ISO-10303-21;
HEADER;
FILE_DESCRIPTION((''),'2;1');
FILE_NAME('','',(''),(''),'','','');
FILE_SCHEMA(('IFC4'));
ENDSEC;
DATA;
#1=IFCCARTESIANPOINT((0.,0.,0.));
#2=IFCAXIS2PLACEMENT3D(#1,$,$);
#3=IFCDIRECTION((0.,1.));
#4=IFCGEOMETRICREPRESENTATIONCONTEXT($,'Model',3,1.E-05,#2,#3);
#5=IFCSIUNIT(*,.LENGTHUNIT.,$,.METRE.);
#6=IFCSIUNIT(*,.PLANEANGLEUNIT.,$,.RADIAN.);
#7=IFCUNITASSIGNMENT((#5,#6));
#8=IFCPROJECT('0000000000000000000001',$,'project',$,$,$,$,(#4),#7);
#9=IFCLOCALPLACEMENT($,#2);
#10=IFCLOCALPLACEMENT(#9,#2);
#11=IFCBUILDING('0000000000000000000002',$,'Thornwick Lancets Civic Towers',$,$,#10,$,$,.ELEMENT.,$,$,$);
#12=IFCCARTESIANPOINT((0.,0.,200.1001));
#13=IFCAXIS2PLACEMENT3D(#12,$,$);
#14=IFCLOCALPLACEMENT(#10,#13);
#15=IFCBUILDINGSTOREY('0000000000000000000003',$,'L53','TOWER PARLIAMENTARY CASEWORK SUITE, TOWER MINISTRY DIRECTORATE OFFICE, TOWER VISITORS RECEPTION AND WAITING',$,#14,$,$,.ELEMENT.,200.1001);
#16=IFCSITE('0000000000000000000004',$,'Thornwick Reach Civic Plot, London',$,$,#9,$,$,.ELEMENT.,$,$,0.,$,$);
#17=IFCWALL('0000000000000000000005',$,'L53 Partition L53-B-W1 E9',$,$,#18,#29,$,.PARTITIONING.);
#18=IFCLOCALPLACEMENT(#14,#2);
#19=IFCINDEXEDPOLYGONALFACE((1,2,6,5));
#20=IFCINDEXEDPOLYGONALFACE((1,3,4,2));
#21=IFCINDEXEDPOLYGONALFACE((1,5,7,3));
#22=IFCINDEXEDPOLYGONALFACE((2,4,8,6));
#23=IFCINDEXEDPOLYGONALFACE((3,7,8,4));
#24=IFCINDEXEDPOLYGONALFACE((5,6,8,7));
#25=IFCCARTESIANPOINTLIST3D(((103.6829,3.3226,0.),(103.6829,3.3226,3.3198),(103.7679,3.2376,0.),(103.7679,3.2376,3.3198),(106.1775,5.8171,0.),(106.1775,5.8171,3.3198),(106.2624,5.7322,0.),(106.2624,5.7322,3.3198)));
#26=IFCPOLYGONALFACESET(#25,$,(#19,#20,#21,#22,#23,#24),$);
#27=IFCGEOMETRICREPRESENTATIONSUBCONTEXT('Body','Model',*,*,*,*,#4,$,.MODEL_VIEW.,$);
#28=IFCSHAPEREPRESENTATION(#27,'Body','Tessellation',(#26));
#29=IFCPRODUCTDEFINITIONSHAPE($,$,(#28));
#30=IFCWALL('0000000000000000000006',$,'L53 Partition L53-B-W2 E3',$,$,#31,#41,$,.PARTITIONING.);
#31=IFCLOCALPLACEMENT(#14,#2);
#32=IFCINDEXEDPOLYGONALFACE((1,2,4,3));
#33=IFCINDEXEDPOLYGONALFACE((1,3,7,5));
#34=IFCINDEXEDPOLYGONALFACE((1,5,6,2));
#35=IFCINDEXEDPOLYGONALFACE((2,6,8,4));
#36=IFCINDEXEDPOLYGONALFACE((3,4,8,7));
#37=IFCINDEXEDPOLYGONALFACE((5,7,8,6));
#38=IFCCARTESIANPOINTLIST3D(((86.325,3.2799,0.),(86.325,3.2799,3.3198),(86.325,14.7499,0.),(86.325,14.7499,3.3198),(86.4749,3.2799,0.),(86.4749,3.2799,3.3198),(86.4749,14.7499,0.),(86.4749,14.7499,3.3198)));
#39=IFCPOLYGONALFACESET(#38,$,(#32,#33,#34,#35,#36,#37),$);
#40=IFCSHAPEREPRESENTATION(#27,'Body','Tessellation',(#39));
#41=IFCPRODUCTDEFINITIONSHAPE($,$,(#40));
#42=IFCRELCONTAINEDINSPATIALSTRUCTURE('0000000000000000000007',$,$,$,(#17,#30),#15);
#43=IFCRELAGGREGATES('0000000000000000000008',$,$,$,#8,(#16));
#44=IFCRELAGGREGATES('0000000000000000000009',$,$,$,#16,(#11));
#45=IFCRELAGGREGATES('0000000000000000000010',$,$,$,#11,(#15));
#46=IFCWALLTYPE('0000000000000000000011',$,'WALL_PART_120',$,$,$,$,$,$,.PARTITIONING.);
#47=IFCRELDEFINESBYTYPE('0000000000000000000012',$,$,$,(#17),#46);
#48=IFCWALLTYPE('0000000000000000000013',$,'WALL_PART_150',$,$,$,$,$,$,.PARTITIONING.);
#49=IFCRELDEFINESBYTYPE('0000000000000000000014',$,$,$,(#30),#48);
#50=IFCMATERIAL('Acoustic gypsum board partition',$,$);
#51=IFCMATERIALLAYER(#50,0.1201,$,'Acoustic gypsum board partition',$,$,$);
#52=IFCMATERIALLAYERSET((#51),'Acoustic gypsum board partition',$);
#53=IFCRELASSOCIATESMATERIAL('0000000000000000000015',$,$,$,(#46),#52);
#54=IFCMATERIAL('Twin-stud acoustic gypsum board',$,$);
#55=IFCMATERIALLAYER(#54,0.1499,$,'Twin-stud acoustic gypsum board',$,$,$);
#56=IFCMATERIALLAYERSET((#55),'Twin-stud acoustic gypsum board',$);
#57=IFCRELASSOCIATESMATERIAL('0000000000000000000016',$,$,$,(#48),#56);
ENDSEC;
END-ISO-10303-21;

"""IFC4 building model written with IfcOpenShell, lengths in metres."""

from ifc_helpers import new_model, si_unit, direction, frame, frame_2d, origin, place, context, subcontext, project, spatial, rectangle, extrude, material, layer, layer_set, type_object, element, save


model = new_model("IFC4")

# Units and contexts
model_context = context("Model", 3, precision=1e-05, world=origin(), true_north=direction((0.0, 1.0)))
body_context = subcontext(model_context, "Body", "Model", "MODEL_VIEW")
ifc_project = project(units=[si_unit("LENGTHUNIT", "METRE"), si_unit("PLANEANGLEUNIT", "RADIAN")], contexts=[model_context])

# Site, building, storey
site_placement = place(None, origin())
site = spatial("IfcSite", under=ifc_project, at=site_placement, Name="Thornwick Reach Civic Plot, London", CompositionType="ELEMENT", RefElevation=0.0)
building_placement = place(site_placement, origin())
building = spatial("IfcBuilding", under=site, at=building_placement, Name="Thornwick Lancets Civic Towers", CompositionType="ELEMENT")
storey_placement = place(building_placement, frame((0.0, 0.0, 200.1001)))
storey = spatial("IfcBuildingStorey", under=building, at=storey_placement, Name="L53", Description="TOWER PARLIAMENTARY CASEWORK SUITE, TOWER MINISTRY DIRECTORATE OFFICE, TOWER VISITORS RECEPTION AND WAITING", CompositionType="ELEMENT", Elevation=200.1001)

# Shared definitions
ifc_material_1 = material(Name="Acoustic gypsum board partition")
ifc_layer_1 = layer(ifc_material_1, 0.1201, Name="Acoustic gypsum board partition")
ifc_layer_set_1 = layer_set([ifc_layer_1], Name="Acoustic gypsum board partition")
wall_type_1 = type_object("IfcWallType", Name="WALL_PART_120", PredefinedType="PARTITIONING", material=ifc_layer_set_1)

# Walls
wall_1_placement = place(storey_placement, frame((106.22, 5.7747, 0.0), z_axis=(0.0, 0.0, 1.0), x_axis=(-0.707107, -0.707107, 0.0)))
element("IfcWall", 1, at=wall_1_placement, inside=storey, type_object=wall_type_1, Name="L53 Partition L53-B-W1 E9", PredefinedType="PARTITIONING", context=body_context, shape_type="SweptSolid", body=[
    extrude(rectangle(XDim=3.5278, YDim=0.1201, at=frame_2d((1.7639, 0.0))), origin(), (0.0, 0.0, 1.0), 3.3198),
])
ifc_material_2 = material(Name="Twin-stud acoustic gypsum board")
ifc_layer_2 = layer(ifc_material_2, 0.1499, Name="Twin-stud acoustic gypsum board")
ifc_layer_set_2 = layer_set([ifc_layer_2], Name="Twin-stud acoustic gypsum board")
wall_type_2 = type_object("IfcWallType", Name="WALL_PART_150", PredefinedType="PARTITIONING", material=ifc_layer_set_2)
wall_2_placement = place(storey_placement, frame((86.3999, 3.28, 0.0), z_axis=(0.0, 0.0, 1.0), x_axis=(0.0, 1.0, 0.0)))
element("IfcWall", 2, at=wall_2_placement, inside=storey, type_object=wall_type_2, Name="L53 Partition L53-B-W2 E3", PredefinedType="PARTITIONING", context=body_context, shape_type="SweptSolid", body=[
    extrude(rectangle(XDim=11.47, YDim=0.1499, at=frame_2d((5.7349, 0.0))), origin(), (0.0, 0.0, 1.0), 3.3198),
])

save(model, "model.ifc")
